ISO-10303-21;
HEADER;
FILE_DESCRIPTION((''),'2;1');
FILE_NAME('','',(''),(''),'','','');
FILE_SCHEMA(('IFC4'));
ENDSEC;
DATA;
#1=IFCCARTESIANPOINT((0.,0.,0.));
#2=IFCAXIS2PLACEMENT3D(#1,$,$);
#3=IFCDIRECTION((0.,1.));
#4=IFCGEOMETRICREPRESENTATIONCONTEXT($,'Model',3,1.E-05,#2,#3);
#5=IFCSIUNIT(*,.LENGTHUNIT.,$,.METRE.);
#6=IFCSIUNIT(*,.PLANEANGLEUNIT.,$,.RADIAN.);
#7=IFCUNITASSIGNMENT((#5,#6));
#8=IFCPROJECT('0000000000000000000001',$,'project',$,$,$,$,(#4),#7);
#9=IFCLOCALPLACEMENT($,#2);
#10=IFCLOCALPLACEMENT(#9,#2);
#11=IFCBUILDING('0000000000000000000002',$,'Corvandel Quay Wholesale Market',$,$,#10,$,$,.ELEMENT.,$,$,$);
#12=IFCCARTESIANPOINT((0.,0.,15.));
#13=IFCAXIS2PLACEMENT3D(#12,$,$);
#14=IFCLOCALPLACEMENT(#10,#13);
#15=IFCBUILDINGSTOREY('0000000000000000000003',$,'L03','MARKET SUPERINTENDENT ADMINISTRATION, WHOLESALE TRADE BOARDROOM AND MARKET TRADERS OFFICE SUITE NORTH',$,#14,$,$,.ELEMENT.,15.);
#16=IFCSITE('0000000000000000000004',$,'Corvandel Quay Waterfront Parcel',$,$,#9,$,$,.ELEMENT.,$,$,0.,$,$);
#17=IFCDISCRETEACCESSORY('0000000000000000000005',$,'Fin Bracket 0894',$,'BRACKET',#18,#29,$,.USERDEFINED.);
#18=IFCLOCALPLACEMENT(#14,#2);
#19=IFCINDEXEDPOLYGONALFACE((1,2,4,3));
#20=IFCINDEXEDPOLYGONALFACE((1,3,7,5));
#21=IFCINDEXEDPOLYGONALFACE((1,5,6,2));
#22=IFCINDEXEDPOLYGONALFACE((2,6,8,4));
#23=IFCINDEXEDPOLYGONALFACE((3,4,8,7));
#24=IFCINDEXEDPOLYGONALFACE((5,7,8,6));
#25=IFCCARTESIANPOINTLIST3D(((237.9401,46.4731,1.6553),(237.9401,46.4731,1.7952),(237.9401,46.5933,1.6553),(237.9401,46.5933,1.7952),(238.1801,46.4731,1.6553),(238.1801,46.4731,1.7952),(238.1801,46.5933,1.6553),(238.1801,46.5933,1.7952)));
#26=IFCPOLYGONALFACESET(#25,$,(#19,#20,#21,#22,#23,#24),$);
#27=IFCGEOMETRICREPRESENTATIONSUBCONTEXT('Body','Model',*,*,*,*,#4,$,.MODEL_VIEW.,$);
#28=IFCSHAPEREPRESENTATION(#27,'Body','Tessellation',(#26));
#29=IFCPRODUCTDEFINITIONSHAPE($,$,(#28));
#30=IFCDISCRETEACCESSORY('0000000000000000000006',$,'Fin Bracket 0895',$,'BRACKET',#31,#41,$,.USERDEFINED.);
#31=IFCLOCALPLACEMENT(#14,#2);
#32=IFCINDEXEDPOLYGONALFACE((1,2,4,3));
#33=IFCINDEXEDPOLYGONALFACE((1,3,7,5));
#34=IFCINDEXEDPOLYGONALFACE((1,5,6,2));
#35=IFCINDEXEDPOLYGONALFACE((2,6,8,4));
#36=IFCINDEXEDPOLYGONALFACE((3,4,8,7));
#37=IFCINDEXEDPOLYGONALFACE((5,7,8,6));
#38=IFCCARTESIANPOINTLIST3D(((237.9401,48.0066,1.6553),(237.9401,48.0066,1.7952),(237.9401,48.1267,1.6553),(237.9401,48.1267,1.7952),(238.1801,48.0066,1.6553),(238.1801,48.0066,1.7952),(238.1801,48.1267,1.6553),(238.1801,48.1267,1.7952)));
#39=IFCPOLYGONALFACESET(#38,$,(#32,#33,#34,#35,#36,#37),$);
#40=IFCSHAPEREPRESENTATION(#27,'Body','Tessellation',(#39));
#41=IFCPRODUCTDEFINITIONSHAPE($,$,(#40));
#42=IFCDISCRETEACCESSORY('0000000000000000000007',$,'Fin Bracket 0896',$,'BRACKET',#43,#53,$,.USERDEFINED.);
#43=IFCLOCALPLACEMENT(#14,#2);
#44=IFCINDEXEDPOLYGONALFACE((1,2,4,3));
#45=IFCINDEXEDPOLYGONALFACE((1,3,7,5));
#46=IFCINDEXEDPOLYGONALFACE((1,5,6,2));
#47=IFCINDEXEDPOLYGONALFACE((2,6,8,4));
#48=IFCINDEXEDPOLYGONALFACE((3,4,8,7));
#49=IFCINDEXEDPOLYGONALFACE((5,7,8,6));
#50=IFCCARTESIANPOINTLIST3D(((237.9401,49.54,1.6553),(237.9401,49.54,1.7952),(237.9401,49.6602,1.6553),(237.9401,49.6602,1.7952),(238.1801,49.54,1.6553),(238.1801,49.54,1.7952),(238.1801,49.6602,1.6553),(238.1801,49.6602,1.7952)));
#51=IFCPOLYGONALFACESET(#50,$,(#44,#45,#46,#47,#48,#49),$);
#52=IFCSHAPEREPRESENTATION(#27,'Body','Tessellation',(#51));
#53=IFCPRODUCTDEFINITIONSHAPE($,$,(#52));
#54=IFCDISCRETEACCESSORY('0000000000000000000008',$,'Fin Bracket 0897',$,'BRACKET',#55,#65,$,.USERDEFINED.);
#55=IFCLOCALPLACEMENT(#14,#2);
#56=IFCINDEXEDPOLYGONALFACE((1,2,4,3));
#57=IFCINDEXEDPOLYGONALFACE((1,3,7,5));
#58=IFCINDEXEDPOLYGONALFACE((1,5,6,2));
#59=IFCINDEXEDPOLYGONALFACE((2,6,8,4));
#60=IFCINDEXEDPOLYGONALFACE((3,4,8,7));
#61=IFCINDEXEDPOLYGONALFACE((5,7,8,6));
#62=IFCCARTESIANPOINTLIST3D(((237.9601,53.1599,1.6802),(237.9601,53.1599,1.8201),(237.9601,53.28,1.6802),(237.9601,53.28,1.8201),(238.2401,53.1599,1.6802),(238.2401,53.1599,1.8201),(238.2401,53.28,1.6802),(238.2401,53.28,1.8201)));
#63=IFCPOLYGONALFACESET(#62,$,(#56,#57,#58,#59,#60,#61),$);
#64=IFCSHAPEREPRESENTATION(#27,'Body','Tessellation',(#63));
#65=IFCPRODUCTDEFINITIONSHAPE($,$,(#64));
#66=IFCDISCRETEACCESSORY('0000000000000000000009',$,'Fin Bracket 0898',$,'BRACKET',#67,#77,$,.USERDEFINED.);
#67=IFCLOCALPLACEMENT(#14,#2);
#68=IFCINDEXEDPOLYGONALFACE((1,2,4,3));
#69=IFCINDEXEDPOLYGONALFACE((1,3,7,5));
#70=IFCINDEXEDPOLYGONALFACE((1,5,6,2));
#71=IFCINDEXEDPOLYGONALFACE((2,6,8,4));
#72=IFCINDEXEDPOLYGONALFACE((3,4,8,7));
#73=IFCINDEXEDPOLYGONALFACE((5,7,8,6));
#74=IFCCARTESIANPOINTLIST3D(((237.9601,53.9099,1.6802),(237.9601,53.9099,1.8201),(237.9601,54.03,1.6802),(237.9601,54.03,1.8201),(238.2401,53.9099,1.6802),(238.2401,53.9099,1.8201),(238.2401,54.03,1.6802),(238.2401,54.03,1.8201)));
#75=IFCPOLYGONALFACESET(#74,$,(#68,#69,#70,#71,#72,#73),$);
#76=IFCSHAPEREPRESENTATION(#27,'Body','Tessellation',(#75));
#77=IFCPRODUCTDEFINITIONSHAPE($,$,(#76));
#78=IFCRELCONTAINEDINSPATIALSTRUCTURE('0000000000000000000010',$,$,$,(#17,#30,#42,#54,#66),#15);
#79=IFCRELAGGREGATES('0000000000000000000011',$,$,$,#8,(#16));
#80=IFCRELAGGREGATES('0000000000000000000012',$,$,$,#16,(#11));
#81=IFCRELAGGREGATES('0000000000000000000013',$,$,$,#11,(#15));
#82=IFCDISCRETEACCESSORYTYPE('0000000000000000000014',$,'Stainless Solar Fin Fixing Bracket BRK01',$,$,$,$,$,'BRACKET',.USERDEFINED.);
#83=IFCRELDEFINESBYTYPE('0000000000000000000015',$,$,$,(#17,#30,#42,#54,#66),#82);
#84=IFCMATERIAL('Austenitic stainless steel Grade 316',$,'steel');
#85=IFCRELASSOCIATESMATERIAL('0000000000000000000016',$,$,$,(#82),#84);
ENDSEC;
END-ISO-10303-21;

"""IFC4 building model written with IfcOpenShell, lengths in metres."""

from ifc_helpers import new_model, si_unit, direction, frame, origin, origin_2d, place, context, subcontext, project, spatial, rectangle, extrude, material, type_object, element, save


model = new_model("IFC4")

# Units and contexts
model_context = context("Model", 3, precision=1e-05, world=origin(), true_north=direction((0.0, 1.0)))
body_context = subcontext(model_context, "Body", "Model", "MODEL_VIEW")
ifc_project = project(units=[si_unit("LENGTHUNIT", "METRE"), si_unit("PLANEANGLEUNIT", "RADIAN")], contexts=[model_context])

# Site, building, storey
site_placement = place(None, origin())
site = spatial("IfcSite", under=ifc_project, at=site_placement, Name="Corvandel Quay Waterfront Parcel", CompositionType="ELEMENT", RefElevation=0.0)
building_placement = place(site_placement, origin())
building = spatial("IfcBuilding", under=site, at=building_placement, Name="Corvandel Quay Wholesale Market", CompositionType="ELEMENT")
storey_placement = place(building_placement, frame((0.0, 0.0, 15.0)))
storey = spatial("IfcBuildingStorey", under=building, at=storey_placement, Name="L03", Description="MARKET SUPERINTENDENT ADMINISTRATION, WHOLESALE TRADE BOARDROOM AND MARKET TRADERS OFFICE SUITE NORTH", CompositionType="ELEMENT", Elevation=15.0)

# Discrete accessories
ifc_material_1 = material(Name="Austenitic stainless steel Grade 316", Category="steel")
discrete_accessory_type = type_object("IfcDiscreteAccessoryType", Name="Stainless Solar Fin Fixing Bracket BRK01", ElementType="BRACKET", PredefinedType="USERDEFINED", material=ifc_material_1)
for number, where, z_axis, x_axis, name in (
    (1, (238.0601, 46.5332, 1.6553), (0.0, 0.0, 1.0), (1.0, 0.0, 0.0), "Fin Bracket 0894"),
    (2, (238.0601, 48.0667, 1.6553), (0.0, 0.0, 1.0), (1.0, 0.0, 0.0), "Fin Bracket 0895"),
    (3, (238.0601, 49.6001, 1.6553), (0.0, 0.0, 1.0), (1.0, 0.0, 0.0), "Fin Bracket 0896"),
):
    element("IfcDiscreteAccessory", number, at=place(storey_placement, frame(where, z_axis=z_axis, x_axis=x_axis)), inside=storey, type_object=discrete_accessory_type, Name=name, ObjectType="BRACKET", PredefinedType="USERDEFINED", context=body_context, shape_type="SweptSolid", body=[
        extrude(rectangle(XDim=0.24, YDim=0.1201, at=origin_2d()), origin(), (0.0, 0.0, 1.0), 0.1399),
    ])
for number, where, z_axis, x_axis, name in (
    (4, (238.1001, 53.22, 1.6802), (0.0, 0.0, 1.0), (1.0, 0.0, 0.0), "Fin Bracket 0897"),
    (5, (238.1001, 53.97, 1.6802), (0.0, 0.0, 1.0), (1.0, 0.0, 0.0), "Fin Bracket 0898"),
):
    element("IfcDiscreteAccessory", number, at=place(storey_placement, frame(where, z_axis=z_axis, x_axis=x_axis)), inside=storey, type_object=discrete_accessory_type, Name=name, ObjectType="BRACKET", PredefinedType="USERDEFINED", context=body_context, shape_type="SweptSolid", body=[
        extrude(rectangle(XDim=0.28, YDim=0.1201, at=origin_2d()), origin(), (0.0, 0.0, 1.0), 0.1399),
    ])

save(model, "model.ifc")
